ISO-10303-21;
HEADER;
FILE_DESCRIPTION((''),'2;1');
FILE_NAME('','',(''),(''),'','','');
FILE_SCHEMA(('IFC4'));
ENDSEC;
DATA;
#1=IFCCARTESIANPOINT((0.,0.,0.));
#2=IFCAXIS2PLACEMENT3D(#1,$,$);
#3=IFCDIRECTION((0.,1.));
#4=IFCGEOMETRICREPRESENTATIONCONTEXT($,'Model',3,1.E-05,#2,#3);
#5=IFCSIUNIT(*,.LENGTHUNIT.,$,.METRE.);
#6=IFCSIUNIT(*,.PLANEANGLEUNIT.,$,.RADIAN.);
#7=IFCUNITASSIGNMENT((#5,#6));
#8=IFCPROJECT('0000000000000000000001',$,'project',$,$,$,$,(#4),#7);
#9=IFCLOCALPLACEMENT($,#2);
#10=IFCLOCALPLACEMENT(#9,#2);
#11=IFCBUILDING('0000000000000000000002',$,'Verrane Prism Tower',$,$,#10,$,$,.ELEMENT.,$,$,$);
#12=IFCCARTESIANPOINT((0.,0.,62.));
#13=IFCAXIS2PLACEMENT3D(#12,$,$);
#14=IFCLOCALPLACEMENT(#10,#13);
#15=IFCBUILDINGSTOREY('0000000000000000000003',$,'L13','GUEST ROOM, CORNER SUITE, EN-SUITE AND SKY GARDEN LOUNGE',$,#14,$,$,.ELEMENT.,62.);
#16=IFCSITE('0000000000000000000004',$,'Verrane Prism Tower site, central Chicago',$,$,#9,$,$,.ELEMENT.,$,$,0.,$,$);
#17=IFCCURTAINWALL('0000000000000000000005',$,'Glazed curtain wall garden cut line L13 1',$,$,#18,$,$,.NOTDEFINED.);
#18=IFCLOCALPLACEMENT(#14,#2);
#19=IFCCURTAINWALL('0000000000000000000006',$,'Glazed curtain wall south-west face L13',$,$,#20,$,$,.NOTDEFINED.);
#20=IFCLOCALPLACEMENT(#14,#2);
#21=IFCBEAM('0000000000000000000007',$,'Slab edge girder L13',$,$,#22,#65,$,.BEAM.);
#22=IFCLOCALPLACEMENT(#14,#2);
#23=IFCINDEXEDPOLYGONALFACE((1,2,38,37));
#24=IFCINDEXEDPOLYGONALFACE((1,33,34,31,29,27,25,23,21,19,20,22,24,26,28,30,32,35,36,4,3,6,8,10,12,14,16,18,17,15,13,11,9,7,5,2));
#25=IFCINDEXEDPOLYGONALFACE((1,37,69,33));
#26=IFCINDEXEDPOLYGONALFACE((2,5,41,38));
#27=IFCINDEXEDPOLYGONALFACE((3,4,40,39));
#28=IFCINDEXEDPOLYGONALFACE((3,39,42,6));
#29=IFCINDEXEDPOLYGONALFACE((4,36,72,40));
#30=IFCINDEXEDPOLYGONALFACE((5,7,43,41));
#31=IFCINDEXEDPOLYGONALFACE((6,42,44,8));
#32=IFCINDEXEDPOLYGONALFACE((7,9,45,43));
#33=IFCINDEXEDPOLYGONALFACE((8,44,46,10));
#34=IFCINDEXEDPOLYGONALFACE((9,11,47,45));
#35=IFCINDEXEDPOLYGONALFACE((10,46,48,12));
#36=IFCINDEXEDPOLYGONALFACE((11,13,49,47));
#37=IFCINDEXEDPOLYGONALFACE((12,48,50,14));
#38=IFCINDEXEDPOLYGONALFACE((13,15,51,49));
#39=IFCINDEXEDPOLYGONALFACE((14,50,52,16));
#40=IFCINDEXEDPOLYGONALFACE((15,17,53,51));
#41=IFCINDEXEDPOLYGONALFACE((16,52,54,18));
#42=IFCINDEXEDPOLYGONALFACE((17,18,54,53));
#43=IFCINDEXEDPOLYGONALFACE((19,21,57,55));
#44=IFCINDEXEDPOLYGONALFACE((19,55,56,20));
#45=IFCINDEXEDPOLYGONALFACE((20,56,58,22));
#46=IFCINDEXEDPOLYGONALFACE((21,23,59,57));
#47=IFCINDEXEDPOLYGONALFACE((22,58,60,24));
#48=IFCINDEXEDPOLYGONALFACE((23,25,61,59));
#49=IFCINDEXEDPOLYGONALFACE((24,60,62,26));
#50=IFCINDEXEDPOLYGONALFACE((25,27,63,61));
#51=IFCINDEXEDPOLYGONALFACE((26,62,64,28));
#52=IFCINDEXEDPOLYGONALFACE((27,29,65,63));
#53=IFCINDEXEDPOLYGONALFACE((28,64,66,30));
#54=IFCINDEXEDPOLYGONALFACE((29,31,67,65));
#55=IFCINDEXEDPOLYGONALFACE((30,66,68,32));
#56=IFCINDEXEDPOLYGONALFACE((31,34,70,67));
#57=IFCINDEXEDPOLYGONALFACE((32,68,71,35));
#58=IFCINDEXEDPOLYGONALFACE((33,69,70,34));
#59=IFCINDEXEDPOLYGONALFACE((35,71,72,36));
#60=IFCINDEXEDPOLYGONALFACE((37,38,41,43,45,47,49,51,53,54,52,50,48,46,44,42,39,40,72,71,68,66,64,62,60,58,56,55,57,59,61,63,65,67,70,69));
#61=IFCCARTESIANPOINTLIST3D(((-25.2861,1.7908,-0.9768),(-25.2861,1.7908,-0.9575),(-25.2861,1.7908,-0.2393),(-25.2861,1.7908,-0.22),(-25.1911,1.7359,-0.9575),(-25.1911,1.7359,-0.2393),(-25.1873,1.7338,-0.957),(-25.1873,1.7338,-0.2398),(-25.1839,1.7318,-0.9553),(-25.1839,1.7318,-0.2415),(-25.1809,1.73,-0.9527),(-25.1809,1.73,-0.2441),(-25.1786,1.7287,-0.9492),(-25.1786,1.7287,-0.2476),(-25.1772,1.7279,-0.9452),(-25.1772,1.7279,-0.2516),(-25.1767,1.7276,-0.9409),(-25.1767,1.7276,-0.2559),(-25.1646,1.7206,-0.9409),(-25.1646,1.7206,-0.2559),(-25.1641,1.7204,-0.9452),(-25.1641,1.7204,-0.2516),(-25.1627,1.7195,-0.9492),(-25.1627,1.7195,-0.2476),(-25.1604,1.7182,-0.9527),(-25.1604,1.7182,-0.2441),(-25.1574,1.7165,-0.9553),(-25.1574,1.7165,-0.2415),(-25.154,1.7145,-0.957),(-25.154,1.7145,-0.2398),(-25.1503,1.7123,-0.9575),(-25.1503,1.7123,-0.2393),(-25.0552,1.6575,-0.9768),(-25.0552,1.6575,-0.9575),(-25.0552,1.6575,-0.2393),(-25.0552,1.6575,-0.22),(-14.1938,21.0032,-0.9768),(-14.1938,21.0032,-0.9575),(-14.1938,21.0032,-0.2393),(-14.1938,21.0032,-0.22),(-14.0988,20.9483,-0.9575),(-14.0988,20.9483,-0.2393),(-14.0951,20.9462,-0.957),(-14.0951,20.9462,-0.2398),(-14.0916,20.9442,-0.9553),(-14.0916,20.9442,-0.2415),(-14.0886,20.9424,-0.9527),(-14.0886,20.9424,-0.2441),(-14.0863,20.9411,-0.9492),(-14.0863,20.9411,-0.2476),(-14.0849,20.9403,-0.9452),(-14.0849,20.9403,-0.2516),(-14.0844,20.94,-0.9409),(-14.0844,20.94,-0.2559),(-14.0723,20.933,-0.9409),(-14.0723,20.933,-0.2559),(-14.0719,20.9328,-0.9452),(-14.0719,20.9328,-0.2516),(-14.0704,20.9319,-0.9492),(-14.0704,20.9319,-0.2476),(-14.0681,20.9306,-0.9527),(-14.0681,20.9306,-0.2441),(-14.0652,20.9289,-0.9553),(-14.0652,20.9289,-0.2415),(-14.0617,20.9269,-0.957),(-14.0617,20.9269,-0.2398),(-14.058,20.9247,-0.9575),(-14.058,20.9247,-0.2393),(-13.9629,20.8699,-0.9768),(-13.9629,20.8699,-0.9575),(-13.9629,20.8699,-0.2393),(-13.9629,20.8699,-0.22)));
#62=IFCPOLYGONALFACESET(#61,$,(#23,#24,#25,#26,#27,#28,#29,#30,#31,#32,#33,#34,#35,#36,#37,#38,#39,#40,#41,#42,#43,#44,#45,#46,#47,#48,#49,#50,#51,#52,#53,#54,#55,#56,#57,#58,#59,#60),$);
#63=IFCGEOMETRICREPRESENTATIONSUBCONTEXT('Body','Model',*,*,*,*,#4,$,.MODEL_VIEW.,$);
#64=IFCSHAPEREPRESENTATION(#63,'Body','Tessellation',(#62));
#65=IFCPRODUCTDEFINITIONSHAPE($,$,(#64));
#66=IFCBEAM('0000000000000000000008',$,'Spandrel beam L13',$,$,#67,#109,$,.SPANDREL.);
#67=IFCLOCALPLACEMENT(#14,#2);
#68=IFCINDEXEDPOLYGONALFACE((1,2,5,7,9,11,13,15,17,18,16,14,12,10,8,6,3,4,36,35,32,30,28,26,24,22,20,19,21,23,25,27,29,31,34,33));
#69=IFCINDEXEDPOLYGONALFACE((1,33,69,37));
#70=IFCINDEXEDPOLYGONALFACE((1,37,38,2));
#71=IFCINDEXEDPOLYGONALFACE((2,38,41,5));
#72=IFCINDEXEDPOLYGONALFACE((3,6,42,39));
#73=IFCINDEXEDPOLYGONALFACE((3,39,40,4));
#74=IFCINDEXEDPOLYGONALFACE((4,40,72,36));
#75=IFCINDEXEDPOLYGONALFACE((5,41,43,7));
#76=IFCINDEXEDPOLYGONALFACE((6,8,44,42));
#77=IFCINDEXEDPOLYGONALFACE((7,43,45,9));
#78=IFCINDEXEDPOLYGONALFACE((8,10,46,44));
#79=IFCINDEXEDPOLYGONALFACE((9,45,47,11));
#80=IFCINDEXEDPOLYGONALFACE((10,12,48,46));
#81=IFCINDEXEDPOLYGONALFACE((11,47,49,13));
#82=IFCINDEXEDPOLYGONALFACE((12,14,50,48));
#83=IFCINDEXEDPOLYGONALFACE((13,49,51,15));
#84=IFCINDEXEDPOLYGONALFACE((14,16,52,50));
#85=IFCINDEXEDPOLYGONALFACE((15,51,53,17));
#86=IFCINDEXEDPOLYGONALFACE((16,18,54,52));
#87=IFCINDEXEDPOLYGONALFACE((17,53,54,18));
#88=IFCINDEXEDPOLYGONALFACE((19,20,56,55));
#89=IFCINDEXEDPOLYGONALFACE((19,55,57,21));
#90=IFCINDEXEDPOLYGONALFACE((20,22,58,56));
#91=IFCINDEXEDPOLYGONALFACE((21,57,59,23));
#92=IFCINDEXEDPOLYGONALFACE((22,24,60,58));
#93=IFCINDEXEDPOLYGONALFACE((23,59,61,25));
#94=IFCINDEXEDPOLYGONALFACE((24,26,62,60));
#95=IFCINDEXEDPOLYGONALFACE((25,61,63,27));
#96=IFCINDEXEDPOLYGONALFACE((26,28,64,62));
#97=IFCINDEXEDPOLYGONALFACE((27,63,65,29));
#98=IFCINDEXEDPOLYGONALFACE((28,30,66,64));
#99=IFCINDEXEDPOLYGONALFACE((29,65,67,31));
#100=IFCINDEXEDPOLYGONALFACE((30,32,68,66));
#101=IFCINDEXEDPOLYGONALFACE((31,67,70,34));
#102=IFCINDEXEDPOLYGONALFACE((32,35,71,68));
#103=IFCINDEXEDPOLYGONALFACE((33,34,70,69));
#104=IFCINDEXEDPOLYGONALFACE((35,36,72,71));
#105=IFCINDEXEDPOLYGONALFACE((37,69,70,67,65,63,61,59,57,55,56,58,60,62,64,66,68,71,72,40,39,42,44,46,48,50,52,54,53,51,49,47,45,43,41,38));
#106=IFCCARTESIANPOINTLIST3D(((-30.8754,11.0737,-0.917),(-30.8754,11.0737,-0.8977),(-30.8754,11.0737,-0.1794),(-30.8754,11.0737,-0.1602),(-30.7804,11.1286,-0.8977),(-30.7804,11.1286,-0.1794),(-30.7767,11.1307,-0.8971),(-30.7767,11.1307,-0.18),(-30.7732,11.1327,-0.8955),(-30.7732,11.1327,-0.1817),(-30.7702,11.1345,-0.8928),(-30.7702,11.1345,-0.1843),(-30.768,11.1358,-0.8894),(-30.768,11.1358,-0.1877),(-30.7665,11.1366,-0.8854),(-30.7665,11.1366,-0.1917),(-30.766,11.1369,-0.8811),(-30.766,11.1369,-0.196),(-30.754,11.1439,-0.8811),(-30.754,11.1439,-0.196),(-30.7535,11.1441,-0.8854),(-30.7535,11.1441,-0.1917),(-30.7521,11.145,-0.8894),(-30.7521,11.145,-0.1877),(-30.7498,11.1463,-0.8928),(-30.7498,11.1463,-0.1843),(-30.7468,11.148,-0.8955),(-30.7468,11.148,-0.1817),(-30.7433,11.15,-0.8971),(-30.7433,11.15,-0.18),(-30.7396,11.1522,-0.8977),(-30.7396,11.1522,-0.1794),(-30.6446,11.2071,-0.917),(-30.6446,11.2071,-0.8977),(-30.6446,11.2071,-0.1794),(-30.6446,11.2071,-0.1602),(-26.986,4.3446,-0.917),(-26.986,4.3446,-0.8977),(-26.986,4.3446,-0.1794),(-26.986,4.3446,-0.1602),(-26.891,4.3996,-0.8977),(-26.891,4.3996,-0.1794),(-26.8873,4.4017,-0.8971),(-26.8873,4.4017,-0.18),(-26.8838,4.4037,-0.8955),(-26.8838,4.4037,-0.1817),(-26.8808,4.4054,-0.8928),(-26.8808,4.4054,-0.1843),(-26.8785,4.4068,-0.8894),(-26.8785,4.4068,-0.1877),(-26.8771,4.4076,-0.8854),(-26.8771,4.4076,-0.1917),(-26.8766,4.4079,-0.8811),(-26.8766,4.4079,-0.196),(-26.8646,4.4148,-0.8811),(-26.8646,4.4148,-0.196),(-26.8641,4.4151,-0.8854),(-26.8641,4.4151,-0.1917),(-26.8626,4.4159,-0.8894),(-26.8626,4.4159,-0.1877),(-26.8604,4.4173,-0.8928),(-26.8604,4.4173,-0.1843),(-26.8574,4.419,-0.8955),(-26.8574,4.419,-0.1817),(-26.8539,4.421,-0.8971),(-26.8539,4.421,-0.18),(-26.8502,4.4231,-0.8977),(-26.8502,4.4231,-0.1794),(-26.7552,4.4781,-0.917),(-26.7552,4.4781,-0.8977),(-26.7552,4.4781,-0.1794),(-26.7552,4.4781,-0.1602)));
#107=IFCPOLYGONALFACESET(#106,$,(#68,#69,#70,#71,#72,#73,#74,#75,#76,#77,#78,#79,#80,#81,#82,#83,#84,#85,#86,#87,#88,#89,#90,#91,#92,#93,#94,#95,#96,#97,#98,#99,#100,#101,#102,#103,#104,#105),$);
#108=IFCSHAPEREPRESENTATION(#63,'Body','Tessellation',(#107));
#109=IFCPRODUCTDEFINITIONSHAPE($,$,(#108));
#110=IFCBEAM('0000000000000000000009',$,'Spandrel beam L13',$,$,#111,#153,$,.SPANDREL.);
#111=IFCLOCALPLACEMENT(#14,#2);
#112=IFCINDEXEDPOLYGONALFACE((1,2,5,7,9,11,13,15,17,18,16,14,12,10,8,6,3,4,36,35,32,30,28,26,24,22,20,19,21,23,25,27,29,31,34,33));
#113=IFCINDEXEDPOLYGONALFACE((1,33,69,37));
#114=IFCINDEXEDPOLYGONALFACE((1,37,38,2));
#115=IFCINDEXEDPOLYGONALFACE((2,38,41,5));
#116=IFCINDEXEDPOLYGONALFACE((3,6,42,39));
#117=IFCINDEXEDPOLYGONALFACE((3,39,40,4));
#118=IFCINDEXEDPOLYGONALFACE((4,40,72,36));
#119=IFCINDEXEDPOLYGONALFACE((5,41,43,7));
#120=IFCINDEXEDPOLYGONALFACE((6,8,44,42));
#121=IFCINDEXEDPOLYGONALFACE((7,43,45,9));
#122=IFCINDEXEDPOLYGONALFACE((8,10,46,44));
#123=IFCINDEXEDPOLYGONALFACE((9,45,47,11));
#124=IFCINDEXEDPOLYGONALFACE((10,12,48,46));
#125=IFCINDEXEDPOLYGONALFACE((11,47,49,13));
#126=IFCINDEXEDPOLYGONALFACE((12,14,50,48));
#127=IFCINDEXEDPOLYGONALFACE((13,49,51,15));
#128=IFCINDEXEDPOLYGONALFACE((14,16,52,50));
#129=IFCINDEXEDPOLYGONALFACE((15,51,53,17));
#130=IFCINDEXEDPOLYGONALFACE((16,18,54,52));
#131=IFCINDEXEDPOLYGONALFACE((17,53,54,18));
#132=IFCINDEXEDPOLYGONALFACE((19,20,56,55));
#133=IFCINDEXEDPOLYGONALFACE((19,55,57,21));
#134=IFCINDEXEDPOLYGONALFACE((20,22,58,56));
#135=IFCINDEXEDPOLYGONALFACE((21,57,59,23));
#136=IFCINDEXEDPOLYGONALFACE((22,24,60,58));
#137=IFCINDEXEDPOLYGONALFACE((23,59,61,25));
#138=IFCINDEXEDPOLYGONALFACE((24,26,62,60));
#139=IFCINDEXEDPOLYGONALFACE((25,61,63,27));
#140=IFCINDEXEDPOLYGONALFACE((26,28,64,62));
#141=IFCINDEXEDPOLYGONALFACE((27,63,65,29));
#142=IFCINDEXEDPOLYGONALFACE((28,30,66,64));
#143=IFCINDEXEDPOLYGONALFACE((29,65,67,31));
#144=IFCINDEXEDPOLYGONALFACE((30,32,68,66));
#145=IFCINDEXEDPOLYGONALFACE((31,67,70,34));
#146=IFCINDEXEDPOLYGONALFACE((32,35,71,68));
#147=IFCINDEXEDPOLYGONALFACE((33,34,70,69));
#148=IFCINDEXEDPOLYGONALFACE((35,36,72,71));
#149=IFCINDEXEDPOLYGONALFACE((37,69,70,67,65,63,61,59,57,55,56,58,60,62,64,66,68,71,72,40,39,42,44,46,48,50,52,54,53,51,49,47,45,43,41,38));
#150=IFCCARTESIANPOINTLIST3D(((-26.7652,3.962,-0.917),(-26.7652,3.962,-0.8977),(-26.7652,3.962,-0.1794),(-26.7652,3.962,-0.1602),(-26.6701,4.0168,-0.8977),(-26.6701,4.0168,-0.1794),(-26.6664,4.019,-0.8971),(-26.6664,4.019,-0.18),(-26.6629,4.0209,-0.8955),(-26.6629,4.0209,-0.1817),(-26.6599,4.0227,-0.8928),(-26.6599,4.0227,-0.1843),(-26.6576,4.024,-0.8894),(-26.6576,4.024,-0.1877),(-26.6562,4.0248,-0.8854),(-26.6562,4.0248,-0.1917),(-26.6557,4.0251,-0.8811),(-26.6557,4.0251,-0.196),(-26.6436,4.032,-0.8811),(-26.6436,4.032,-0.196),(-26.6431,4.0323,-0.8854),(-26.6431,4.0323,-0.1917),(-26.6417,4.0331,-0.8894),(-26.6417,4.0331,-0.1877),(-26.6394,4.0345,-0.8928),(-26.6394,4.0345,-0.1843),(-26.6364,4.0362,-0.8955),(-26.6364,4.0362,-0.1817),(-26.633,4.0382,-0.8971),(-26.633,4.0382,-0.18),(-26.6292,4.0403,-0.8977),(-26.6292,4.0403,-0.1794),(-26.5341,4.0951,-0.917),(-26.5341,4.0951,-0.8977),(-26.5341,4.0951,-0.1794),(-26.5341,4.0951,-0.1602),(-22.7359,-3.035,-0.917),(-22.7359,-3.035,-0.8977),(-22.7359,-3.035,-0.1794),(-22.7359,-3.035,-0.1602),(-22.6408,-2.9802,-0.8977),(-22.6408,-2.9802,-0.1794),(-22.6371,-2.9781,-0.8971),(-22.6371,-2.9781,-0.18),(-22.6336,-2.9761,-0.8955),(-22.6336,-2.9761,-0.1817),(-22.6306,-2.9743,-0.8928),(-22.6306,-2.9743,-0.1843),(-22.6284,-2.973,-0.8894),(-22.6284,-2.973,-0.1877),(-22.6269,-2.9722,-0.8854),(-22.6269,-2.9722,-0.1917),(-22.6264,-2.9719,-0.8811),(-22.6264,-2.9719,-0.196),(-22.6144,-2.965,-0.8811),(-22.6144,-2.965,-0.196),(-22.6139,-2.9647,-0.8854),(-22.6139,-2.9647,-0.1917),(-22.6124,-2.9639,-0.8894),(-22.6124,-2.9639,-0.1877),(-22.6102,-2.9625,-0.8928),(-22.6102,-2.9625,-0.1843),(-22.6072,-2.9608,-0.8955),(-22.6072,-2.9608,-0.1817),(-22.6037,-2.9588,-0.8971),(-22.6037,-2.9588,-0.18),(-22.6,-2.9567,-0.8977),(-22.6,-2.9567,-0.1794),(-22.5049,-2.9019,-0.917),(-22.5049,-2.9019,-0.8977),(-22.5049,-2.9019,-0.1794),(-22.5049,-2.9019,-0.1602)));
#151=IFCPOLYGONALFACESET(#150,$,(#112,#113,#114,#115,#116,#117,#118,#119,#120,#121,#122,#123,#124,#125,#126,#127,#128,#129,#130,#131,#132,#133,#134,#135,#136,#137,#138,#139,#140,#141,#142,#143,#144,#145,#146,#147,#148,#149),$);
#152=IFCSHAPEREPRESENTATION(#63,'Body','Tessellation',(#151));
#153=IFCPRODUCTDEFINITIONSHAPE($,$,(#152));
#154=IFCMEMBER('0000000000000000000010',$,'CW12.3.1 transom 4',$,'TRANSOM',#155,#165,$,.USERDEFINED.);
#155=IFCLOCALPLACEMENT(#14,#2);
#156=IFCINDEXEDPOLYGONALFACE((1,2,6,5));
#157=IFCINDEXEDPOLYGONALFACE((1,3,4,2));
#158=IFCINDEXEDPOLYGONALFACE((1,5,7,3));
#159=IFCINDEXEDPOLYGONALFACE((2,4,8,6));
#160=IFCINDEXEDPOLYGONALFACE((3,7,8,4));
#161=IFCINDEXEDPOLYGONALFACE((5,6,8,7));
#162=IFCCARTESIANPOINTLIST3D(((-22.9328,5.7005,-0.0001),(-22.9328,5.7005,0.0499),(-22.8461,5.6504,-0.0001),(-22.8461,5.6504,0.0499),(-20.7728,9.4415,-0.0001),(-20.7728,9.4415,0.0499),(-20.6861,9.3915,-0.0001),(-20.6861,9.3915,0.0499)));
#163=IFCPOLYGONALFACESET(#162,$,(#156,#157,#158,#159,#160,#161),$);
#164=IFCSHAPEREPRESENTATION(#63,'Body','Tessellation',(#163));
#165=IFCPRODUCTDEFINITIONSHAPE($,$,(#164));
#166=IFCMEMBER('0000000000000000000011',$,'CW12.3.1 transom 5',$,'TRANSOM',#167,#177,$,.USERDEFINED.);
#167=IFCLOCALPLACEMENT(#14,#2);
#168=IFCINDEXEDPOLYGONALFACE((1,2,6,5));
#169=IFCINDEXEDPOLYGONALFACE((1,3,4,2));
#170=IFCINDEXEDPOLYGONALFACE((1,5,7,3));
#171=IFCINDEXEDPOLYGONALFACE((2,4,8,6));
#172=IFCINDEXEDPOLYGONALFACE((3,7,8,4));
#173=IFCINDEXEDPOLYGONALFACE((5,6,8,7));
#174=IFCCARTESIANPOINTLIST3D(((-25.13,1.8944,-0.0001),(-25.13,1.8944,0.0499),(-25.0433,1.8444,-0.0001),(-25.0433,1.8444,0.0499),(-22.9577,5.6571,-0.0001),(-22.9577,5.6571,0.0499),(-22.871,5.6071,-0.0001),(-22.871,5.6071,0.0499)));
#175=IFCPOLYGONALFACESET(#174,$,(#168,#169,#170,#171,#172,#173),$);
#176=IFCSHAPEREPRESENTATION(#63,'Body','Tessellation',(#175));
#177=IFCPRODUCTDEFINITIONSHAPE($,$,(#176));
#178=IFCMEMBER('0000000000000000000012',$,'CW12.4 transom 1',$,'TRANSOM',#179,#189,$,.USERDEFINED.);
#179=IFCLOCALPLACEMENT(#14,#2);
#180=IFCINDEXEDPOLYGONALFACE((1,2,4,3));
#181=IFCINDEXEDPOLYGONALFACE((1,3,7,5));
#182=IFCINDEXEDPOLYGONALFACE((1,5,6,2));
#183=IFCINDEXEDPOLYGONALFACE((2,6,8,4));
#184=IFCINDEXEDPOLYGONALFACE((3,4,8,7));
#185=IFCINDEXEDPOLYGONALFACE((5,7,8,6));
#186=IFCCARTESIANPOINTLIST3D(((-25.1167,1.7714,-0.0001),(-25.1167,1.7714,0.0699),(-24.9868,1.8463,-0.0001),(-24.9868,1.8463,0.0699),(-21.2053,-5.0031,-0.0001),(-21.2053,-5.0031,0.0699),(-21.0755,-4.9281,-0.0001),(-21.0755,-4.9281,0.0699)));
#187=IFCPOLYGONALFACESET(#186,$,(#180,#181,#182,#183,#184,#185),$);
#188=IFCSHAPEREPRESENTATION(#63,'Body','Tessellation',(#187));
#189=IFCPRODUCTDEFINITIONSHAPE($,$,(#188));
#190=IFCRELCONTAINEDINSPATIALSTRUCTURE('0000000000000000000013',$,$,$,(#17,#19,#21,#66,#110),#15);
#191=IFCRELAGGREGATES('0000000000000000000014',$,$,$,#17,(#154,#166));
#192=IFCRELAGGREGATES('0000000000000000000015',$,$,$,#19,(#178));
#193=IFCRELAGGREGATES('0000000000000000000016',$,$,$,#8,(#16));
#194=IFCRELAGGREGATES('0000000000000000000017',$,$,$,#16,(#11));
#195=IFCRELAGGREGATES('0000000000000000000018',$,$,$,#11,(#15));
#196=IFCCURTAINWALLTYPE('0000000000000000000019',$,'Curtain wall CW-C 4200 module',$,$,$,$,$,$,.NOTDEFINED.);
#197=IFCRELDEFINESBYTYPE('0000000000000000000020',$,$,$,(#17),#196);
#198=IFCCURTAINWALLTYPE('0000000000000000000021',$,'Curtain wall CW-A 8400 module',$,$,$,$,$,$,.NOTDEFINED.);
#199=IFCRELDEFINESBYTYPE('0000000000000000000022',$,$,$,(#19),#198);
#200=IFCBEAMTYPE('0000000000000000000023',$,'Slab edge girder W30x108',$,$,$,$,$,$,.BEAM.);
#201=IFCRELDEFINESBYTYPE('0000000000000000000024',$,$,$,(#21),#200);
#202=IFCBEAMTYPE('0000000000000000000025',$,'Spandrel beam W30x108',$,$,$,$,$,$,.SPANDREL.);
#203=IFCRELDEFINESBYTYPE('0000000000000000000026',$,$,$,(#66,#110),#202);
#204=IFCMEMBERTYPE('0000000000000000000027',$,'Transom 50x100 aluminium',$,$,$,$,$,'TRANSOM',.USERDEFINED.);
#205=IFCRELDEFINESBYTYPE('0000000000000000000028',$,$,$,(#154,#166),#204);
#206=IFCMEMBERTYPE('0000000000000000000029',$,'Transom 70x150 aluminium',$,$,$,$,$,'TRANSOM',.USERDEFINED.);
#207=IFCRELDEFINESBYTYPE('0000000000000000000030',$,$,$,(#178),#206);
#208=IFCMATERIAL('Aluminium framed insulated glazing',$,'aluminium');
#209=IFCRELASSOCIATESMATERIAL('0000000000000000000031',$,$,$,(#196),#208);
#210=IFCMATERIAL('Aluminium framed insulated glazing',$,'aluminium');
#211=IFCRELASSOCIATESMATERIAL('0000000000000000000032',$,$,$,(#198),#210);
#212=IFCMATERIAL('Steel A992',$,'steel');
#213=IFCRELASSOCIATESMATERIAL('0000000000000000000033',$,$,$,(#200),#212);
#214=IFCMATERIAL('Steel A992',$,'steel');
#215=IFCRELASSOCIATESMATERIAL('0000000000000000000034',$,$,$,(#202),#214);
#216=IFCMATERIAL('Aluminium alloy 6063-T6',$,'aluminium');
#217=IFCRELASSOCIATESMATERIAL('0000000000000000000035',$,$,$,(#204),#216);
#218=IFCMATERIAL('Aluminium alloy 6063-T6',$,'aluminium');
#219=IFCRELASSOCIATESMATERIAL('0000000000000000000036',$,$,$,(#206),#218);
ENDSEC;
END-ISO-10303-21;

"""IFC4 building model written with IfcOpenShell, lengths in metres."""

from ifc_helpers import new_model, si_unit, direction, frame, origin, origin_2d, place, context, subcontext, project, spatial, rectangle, i_section, extrude, material, material_profile, profile_set, type_object, element, aggregate, save


model = new_model("IFC4")

# Units and contexts
model_context = context("Model", 3, precision=1e-05, world=origin(), true_north=direction((0.0, 1.0)))
body_context = subcontext(model_context, "Body", "Model", "MODEL_VIEW")
ifc_project = project(units=[si_unit("LENGTHUNIT", "METRE"), si_unit("PLANEANGLEUNIT", "RADIAN")], contexts=[model_context])

# Site, building, storey
site_placement = place(None, origin())
site = spatial("IfcSite", under=ifc_project, at=site_placement, Name="Verrane Prism Tower site, central Chicago", CompositionType="ELEMENT", RefElevation=0.0)
building_placement = place(site_placement, origin())
building = spatial("IfcBuilding", under=site, at=building_placement, Name="Verrane Prism Tower", CompositionType="ELEMENT")
storey_placement = place(building_placement, frame((0.0, 0.0, 62.0)))
storey = spatial("IfcBuildingStorey", under=building, at=storey_placement, Name="L13", Description="GUEST ROOM, CORNER SUITE, EN-SUITE AND SKY GARDEN LOUNGE", CompositionType="ELEMENT", Elevation=62.0)

# Curtain wall
ifc_material_1 = material(Name="Aluminium framed insulated glazing", Category="aluminium")
curtain_wall_type_1 = type_object("IfcCurtainWallType", Name="Curtain wall CW-C 4200 module", PredefinedType="NOTDEFINED", material=ifc_material_1)
curtain_wall_1_placement = place(storey_placement, origin())
curtain_wall_1 = element("IfcCurtainWall", 1, at=curtain_wall_1_placement, inside=storey, type_object=curtain_wall_type_1, Name="Glazed curtain wall garden cut line L13 1", PredefinedType="NOTDEFINED")

# Curtain wall
ifc_material_2 = material(Name="Aluminium framed insulated glazing", Category="aluminium")
curtain_wall_type_2 = type_object("IfcCurtainWallType", Name="Curtain wall CW-A 8400 module", PredefinedType="NOTDEFINED", material=ifc_material_2)
curtain_wall_2_placement = place(storey_placement, origin())
curtain_wall_2 = element("IfcCurtainWall", 2, at=curtain_wall_2_placement, inside=storey, type_object=curtain_wall_type_2, Name="Glazed curtain wall south-west face L13", PredefinedType="NOTDEFINED")

# Beams
ifc_material_3 = material(Name="Steel A992", Category="steel")
ifc_material_profile_1 = material_profile(ifc_material_3, i_section(OverallWidth=0.2666, OverallDepth=0.7568, WebThickness=0.0139, FlangeThickness=0.0193, FilletRadius=0.0166, at=origin_2d()), Name="W30x108")
ifc_profile_set_1 = profile_set([ifc_material_profile_1], Name="Steel A992")
beam_type_1 = type_object("IfcBeamType", Name="Slab edge girder W30x108", PredefinedType="BEAM", material=ifc_profile_set_1)
beam_1_placement = place(storey_placement, frame((-25.1707, 1.7241, -0.5984), z_axis=(0.5, 0.866025, 0.0), x_axis=(-0.866025, 0.5, 0.0)))
element("IfcBeam", 3, at=beam_1_placement, inside=storey, type_object=beam_type_1, Name="Slab edge girder L13", PredefinedType="BEAM", context=body_context, shape_type="SweptSolid", body=[
    extrude(i_section(OverallWidth=0.2666, OverallDepth=0.7568, WebThickness=0.0139, FlangeThickness=0.0193, FilletRadius=0.0166, at=origin_2d()), origin(), (0.0, 0.0, 1.0), 22.1846),
])
ifc_material_4 = material(Name="Steel A992", Category="steel")
ifc_material_profile_2 = material_profile(ifc_material_4, i_section(OverallWidth=0.2666, OverallDepth=0.7568, WebThickness=0.0139, FlangeThickness=0.0193, FilletRadius=0.0166, at=origin_2d()), Name="W30x108")
ifc_profile_set_2 = profile_set([ifc_material_profile_2], Name="Steel A992")
beam_type_2 = type_object("IfcBeamType", Name="Spandrel beam W30x108", PredefinedType="SPANDREL", material=ifc_profile_set_2)
beam_2_placement = place(storey_placement, frame((-30.76, 11.1404, -0.5386), z_axis=(0.500426, -0.865779, 0.0), x_axis=(0.865779, 0.500426, 0.0)))
element("IfcBeam", 4, at=beam_2_placement, inside=storey, type_object=beam_type_2, Name="Spandrel beam L13", PredefinedType="SPANDREL", context=body_context, shape_type="SweptSolid", body=[
    extrude(i_section(OverallWidth=0.2666, OverallDepth=0.7568, WebThickness=0.0139, FlangeThickness=0.0193, FilletRadius=0.0166, at=origin_2d()), origin(), (0.0, 0.0, 1.0), 7.7722),
])
beam_3_placement = place(storey_placement, frame((-26.6497, 4.0286, -0.5386), z_axis=(0.499028, -0.866586, 0.0), x_axis=(0.866586, 0.499028, 0.0)))
element("IfcBeam", 5, at=beam_3_placement, inside=storey, type_object=beam_type_2, Name="Spandrel beam L13", PredefinedType="SPANDREL", context=body_context, shape_type="SweptSolid", body=[
    extrude(i_section(OverallWidth=0.2666, OverallDepth=0.7568, WebThickness=0.0139, FlangeThickness=0.0193, FilletRadius=0.0166, at=origin_2d()), origin(), (0.0, 0.0, 1.0), 8.0742),
])

# Members
ifc_material_5 = material(Name="Aluminium alloy 6063-T6", Category="aluminium")
ifc_material_profile_3 = material_profile(ifc_material_5, rectangle(XDim=0.1001, YDim=0.05, at=origin_2d()), Name="Transom 50x100 aluminium")
ifc_profile_set_3 = profile_set([ifc_material_profile_3], Name="Aluminium alloy 6063-T6")
member_type_1 = type_object("IfcMemberType", Name="Transom 50x100 aluminium", ElementType="TRANSOM", PredefinedType="USERDEFINED", material=ifc_profile_set_3)
member_1_placement = place(storey_placement, frame((-20.7295, 9.4165, 0.0249), z_axis=(-0.500011, -0.866019, 0.0), x_axis=(0.866019, -0.500011, 0.0)))
member_1 = element("IfcMember", 6, at=member_1_placement, type_object=member_type_1, Name="CW12.3.1 transom 4", ObjectType="TRANSOM", PredefinedType="USERDEFINED", context=body_context, shape_type="SweptSolid", body=[
    extrude(rectangle(XDim=0.1001, YDim=0.05, at=origin_2d()), origin(), (0.0, 0.0, 1.0), 4.3198),
])
member_2_placement = place(storey_placement, frame((-22.9143, 5.6321, 0.0249), z_axis=(-0.499995, -0.866028, 0.0), x_axis=(0.866028, -0.499995, 0.0)))
member_2 = element("IfcMember", 7, at=member_2_placement, type_object=member_type_1, Name="CW12.3.1 transom 5", ObjectType="TRANSOM", PredefinedType="USERDEFINED", context=body_context, shape_type="SweptSolid", body=[
    extrude(rectangle(XDim=0.1001, YDim=0.05, at=origin_2d()), origin(), (0.0, 0.0, 1.0), 4.3447),
])
ifc_material_6 = material(Name="Aluminium alloy 6063-T6", Category="aluminium")
ifc_material_profile_4 = material_profile(ifc_material_6, rectangle(XDim=0.1499, YDim=0.0701, at=origin_2d()), Name="Transom 70x150 aluminium")
ifc_profile_set_4 = profile_set([ifc_material_profile_4], Name="Aluminium alloy 6063-T6")
member_type_2 = type_object("IfcMemberType", Name="Transom 70x150 aluminium", ElementType="TRANSOM", PredefinedType="USERDEFINED", material=ifc_profile_set_4)
member_3_placement = place(storey_placement, frame((-25.0518, 1.8088, 0.0349), z_axis=(0.500016, -0.866016, 0.0), x_axis=(0.866016, 0.500016, 0.0)))
member_3 = element("IfcMember", 8, at=member_3_placement, type_object=member_type_2, Name="CW12.4 transom 1", ObjectType="TRANSOM", PredefinedType="USERDEFINED", context=body_context, shape_type="SweptSolid", body=[
    extrude(rectangle(XDim=0.1499, YDim=0.0701, at=origin_2d()), origin(), (0.0, 0.0, 1.0), 7.8225),
])

aggregate(curtain_wall_1, [member_1, member_2])
aggregate(curtain_wall_2, [member_3])

save(model, "model.ifc")
